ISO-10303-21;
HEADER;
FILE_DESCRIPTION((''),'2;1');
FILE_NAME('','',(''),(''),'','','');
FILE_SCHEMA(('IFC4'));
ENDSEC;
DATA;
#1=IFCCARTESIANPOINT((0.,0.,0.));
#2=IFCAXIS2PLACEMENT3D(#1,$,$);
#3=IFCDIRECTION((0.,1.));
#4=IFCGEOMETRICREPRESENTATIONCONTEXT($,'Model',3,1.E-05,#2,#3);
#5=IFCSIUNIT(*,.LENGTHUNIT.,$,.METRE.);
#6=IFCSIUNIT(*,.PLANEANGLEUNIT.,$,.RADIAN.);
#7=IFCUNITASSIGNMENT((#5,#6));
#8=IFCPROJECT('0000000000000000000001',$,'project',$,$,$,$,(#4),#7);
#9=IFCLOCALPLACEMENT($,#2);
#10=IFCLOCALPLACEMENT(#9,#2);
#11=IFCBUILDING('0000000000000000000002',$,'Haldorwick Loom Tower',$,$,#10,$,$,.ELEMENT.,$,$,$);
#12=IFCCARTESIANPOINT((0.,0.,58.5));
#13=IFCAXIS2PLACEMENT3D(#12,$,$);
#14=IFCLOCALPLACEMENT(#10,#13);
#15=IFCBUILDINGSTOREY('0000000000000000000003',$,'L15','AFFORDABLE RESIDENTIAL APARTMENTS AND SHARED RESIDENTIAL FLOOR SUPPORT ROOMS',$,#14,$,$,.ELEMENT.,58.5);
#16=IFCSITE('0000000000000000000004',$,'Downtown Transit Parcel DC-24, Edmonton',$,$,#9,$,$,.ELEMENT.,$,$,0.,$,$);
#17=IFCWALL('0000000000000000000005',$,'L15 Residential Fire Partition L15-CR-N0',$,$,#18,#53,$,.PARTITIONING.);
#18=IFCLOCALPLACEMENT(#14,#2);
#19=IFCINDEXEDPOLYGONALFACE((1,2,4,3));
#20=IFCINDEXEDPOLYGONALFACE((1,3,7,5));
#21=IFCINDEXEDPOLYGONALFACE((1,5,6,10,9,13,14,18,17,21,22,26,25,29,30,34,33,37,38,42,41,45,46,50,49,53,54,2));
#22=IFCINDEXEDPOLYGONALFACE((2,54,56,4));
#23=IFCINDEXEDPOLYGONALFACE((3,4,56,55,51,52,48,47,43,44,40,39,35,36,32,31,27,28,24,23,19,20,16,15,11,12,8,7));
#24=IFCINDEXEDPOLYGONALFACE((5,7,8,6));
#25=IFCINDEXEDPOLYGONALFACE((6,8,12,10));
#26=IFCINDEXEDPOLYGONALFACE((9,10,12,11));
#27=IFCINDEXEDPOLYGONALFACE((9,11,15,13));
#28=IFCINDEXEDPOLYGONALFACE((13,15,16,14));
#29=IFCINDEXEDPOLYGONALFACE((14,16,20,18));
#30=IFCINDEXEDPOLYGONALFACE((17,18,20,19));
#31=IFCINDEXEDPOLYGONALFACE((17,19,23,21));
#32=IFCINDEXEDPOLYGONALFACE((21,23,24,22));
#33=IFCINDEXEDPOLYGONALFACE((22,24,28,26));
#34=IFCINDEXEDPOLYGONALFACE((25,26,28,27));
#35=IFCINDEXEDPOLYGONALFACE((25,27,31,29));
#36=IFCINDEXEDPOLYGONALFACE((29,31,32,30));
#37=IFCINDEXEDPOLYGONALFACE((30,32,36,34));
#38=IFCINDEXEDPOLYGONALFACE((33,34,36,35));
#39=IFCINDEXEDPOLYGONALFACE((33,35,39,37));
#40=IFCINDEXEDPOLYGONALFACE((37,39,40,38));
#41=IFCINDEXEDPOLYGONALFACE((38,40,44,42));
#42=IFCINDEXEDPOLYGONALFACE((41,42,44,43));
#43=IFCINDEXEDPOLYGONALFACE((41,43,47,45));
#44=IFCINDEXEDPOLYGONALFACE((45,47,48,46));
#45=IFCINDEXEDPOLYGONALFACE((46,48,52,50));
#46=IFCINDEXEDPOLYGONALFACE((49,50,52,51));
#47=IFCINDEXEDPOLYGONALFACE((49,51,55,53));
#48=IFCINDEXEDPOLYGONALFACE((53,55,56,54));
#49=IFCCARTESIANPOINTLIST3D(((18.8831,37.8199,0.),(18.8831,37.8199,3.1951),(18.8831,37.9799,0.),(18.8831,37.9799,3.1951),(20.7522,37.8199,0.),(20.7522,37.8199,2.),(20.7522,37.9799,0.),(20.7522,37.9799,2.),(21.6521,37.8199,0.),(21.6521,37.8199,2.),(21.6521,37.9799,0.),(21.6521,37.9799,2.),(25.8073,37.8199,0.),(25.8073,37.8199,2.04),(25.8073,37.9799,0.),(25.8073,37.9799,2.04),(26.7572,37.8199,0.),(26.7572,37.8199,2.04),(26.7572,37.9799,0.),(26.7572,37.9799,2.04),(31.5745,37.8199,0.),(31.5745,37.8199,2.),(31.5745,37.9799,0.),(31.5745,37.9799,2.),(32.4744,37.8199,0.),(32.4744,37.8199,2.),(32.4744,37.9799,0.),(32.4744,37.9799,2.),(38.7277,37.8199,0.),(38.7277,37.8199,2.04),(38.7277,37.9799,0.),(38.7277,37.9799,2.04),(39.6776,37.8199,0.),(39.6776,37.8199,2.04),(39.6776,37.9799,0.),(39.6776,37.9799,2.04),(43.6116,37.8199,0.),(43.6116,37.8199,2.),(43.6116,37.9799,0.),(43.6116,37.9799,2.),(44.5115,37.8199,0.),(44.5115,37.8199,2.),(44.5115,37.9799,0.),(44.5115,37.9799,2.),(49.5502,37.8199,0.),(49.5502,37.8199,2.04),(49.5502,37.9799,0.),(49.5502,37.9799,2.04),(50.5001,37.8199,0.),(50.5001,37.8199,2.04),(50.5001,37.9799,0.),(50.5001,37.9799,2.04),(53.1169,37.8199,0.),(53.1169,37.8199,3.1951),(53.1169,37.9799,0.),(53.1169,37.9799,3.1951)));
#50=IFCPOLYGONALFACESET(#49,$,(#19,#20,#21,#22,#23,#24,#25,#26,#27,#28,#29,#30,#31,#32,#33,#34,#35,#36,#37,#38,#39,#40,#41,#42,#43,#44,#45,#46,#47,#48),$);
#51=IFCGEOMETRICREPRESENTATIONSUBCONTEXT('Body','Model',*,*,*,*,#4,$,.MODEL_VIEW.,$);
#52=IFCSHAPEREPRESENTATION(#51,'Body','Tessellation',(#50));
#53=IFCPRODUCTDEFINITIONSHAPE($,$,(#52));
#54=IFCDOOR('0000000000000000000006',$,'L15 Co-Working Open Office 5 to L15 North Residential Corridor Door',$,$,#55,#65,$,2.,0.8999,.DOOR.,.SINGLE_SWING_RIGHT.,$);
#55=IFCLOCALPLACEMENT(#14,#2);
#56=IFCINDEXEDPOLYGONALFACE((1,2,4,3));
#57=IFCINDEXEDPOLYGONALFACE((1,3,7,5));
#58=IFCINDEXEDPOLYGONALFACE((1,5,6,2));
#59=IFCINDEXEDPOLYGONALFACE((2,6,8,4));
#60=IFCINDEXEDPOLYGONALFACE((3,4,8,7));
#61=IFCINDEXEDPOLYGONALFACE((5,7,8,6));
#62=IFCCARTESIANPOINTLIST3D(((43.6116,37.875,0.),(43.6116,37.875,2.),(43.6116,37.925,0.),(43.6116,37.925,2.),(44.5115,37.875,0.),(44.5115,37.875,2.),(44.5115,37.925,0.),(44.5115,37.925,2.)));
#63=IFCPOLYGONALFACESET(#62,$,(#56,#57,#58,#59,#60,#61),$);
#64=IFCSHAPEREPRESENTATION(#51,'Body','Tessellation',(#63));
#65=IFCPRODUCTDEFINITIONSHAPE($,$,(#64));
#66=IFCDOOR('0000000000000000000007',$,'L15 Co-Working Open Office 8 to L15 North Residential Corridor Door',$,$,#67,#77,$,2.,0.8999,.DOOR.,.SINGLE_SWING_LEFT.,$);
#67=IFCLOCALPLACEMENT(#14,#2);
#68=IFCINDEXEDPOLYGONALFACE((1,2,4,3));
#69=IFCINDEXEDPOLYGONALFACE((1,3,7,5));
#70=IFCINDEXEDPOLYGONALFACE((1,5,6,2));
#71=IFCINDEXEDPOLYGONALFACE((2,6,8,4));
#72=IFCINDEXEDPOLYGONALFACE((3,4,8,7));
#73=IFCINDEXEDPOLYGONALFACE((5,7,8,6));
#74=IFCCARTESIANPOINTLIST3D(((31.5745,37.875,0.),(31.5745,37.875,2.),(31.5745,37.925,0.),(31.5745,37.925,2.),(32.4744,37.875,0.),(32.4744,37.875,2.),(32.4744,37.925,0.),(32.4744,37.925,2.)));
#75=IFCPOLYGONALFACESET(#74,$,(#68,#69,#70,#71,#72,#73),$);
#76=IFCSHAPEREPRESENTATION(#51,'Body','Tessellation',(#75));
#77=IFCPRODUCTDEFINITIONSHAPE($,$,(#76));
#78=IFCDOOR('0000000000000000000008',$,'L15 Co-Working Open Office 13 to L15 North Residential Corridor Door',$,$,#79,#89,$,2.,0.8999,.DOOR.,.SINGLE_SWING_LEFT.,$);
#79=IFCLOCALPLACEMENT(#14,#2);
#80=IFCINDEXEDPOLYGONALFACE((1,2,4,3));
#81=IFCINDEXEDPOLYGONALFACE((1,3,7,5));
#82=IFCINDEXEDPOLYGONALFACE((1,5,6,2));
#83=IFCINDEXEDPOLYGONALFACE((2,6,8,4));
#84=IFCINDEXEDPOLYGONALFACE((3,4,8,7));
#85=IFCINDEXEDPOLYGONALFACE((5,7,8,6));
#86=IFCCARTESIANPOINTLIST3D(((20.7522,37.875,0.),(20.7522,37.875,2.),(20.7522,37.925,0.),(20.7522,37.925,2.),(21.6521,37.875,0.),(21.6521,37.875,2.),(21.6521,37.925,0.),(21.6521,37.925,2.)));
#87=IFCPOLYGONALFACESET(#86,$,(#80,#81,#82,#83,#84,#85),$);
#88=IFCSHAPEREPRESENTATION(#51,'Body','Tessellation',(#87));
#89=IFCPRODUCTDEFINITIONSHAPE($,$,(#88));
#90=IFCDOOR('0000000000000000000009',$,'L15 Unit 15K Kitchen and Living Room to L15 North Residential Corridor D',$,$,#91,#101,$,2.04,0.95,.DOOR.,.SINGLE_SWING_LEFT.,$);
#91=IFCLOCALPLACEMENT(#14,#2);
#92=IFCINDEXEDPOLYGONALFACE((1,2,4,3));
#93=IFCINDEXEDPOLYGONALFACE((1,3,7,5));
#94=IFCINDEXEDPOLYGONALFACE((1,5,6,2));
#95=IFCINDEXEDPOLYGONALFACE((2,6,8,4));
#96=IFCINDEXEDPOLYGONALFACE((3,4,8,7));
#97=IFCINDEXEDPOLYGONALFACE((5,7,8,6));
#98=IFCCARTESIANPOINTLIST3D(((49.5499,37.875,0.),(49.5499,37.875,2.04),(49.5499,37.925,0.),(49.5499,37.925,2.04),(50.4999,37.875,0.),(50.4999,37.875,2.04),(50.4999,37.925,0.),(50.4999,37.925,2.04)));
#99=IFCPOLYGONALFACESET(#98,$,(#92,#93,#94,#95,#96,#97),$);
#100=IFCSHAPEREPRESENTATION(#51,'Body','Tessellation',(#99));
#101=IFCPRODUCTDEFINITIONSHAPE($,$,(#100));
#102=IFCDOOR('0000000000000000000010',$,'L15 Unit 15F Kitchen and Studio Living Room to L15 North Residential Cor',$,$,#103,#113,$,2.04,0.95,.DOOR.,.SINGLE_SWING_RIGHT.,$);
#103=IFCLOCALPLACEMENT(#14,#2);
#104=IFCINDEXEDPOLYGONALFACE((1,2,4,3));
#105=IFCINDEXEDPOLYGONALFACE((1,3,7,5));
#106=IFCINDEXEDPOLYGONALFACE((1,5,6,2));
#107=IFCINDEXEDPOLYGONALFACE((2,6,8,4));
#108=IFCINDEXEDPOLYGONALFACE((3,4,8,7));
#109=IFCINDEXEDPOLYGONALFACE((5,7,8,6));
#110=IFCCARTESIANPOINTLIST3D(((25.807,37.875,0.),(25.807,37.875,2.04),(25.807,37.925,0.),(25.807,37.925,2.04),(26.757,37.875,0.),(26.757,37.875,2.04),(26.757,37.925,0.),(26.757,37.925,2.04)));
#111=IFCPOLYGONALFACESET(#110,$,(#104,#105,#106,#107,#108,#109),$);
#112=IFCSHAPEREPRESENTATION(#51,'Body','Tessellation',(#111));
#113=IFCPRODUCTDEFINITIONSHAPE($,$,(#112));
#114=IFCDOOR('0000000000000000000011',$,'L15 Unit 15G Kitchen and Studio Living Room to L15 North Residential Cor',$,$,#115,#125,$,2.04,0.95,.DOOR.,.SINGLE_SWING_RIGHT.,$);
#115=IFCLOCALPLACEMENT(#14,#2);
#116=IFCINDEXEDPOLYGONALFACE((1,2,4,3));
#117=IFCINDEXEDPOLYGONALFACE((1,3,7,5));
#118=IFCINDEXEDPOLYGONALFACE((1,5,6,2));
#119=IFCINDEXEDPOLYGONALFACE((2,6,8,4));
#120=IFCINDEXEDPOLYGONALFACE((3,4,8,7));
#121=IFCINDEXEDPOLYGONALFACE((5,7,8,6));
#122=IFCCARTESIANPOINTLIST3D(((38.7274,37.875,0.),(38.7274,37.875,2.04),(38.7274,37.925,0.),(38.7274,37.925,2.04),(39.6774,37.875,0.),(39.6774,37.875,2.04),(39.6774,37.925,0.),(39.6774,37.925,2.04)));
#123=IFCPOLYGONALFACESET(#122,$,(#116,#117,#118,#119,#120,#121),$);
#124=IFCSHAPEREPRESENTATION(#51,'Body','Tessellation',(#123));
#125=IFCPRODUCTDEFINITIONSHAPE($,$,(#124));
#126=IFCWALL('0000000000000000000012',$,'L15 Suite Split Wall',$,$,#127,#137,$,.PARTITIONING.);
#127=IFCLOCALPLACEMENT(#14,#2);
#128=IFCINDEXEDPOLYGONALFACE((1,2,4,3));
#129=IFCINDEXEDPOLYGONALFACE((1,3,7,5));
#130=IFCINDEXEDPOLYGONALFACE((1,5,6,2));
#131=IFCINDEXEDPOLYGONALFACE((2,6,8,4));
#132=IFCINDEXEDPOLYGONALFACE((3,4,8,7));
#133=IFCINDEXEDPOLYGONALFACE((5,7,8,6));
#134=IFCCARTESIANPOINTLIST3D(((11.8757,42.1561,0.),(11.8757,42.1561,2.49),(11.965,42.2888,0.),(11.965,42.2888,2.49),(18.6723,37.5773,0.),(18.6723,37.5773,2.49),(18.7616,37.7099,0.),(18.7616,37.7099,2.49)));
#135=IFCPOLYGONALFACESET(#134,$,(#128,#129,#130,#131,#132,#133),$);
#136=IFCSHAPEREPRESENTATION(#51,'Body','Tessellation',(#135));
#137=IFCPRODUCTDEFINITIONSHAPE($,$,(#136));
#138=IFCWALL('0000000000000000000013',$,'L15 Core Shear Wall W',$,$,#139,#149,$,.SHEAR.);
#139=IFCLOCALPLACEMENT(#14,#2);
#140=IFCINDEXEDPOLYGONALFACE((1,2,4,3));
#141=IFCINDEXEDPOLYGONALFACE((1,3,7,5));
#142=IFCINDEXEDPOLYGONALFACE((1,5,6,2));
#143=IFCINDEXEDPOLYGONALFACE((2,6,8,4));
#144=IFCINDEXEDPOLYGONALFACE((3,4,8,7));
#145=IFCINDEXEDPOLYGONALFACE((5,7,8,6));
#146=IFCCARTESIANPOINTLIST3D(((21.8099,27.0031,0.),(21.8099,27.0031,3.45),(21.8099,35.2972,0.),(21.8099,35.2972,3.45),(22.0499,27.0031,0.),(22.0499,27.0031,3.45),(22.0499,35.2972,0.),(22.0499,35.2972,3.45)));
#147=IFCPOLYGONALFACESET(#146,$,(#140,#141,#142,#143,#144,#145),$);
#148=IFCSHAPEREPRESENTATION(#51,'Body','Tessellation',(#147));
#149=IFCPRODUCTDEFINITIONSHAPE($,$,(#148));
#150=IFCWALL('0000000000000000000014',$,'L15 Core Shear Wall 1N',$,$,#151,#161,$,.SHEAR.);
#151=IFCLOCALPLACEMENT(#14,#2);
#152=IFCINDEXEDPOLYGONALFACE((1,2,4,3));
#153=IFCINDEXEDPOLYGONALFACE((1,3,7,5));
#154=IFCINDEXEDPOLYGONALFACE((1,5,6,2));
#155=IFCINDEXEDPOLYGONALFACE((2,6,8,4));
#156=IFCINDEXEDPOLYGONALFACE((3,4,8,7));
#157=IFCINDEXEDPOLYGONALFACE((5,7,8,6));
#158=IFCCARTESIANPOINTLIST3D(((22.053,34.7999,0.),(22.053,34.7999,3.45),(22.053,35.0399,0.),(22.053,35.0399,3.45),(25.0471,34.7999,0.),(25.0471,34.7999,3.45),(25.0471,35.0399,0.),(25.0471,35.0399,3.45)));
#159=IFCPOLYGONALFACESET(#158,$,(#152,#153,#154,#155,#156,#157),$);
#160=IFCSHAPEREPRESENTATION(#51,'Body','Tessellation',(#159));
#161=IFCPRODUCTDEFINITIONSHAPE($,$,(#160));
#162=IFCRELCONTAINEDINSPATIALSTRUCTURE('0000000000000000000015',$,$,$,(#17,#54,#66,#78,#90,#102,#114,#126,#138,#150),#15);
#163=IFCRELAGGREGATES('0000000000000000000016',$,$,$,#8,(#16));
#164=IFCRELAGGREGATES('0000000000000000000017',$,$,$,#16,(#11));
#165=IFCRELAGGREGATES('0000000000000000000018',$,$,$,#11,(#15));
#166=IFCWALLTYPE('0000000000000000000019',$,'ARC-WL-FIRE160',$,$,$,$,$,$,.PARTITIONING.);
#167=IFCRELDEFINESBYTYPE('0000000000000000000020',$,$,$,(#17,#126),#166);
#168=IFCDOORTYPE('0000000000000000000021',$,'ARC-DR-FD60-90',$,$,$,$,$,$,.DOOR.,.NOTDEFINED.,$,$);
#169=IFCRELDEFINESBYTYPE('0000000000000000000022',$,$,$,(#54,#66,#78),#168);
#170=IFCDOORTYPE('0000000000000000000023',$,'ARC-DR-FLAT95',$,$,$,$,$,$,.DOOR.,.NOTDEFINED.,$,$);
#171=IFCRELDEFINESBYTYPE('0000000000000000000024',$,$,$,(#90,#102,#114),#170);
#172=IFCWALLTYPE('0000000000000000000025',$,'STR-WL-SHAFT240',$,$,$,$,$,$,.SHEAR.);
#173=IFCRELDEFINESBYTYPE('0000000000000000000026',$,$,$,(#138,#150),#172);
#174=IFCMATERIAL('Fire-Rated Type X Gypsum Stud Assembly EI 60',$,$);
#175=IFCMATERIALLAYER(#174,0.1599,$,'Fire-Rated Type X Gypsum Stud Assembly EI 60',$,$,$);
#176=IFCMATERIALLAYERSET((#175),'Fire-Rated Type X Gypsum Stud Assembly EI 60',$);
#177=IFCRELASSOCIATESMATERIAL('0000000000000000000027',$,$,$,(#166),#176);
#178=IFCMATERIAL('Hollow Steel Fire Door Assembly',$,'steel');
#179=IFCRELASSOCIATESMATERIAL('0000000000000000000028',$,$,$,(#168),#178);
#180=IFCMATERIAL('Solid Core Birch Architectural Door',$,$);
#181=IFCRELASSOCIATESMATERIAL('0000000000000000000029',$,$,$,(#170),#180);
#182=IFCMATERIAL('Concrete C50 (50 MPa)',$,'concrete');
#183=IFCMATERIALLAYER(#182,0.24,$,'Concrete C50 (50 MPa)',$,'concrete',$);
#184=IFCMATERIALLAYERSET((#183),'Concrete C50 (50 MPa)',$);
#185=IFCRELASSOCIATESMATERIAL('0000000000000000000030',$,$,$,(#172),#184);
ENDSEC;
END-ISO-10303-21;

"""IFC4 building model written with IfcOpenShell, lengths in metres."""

from ifc_helpers import new_model, si_unit, direction, frame, frame_2d, origin, place, context, subcontext, project, spatial, rectangle, extrude, material, layer, layer_set, type_object, element, fill, save


model = new_model("IFC4")

# Units and contexts
model_context = context("Model", 3, precision=1e-05, world=origin(), true_north=direction((0.0, 1.0)))
body_context = subcontext(model_context, "Body", "Model", "MODEL_VIEW")
ifc_project = project(units=[si_unit("LENGTHUNIT", "METRE"), si_unit("PLANEANGLEUNIT", "RADIAN")], contexts=[model_context])

# Site, building, storey
site_placement = place(None, origin())
site = spatial("IfcSite", under=ifc_project, at=site_placement, Name="Downtown Transit Parcel DC-24, Edmonton", CompositionType="ELEMENT", RefElevation=0.0)
building_placement = place(site_placement, origin())
building = spatial("IfcBuilding", under=site, at=building_placement, Name="Haldorwick Loom Tower", CompositionType="ELEMENT")
storey_placement = place(building_placement, frame((0.0, 0.0, 58.5)))
storey = spatial("IfcBuildingStorey", under=building, at=storey_placement, Name="L15", Description="AFFORDABLE RESIDENTIAL APARTMENTS AND SHARED RESIDENTIAL FLOOR SUPPORT ROOMS", CompositionType="ELEMENT", Elevation=58.5)

# Shared definitions
ifc_material_1 = material(Name="Fire-Rated Type X Gypsum Stud Assembly EI 60")
ifc_layer_1 = layer(ifc_material_1, 0.1599, Name="Fire-Rated Type X Gypsum Stud Assembly EI 60")
ifc_layer_set_1 = layer_set([ifc_layer_1], Name="Fire-Rated Type X Gypsum Stud Assembly EI 60")
wall_type_1 = type_object("IfcWallType", Name="ARC-WL-FIRE160", PredefinedType="PARTITIONING", material=ifc_layer_set_1)

# Wall, openings, doors
wall_1_placement = place(storey_placement, frame((18.8831, 37.8999, 0.0), z_axis=(0.0, 0.0, 1.0), x_axis=(1.0, 0.0, 0.0)))
wall_1 = element("IfcWall", 1, at=wall_1_placement, inside=storey, type_object=wall_type_1, Name="L15 Residential Fire Partition L15-CR-N0", PredefinedType="PARTITIONING", context=body_context, shape_type="SweptSolid", body=[
    extrude(rectangle(XDim=34.2339, YDim=0.1599, at=frame_2d((17.1169, 0.0))), origin(), (0.0, 0.0, 1.0), 3.1951),
])
opening_1_placement = place(wall_1_placement, frame((30.667, 0.0, 0.0)))
opening_1 = element("IfcOpeningElement", 2, at=opening_1_placement, cuts=wall_1, PredefinedType="OPENING", context=body_context, shape_type="SweptSolid", body=[
    extrude(rectangle(XDim=0.95, YDim=2.04, at=frame_2d((0.4751, 1.02))), frame((0.0, 0.0898, 0.0), z_axis=(0.0, -1.0, 0.0), x_axis=(1.0, 0.0, 0.0)), (0.0, 0.0, 1.0), 0.1799),
])
opening_2_placement = place(wall_1_placement, frame((24.7285, 0.0, 0.0)))
opening_2 = element("IfcOpeningElement", 3, at=opening_2_placement, cuts=wall_1, PredefinedType="OPENING", context=body_context, shape_type="SweptSolid", body=[
    extrude(rectangle(XDim=0.8999, YDim=2.0, at=frame_2d((0.45, 1.0))), frame((0.0, 0.0898, 0.0), z_axis=(0.0, -1.0, 0.0), x_axis=(1.0, 0.0, 0.0)), (0.0, 0.0, 1.0), 0.1799),
])
opening_3_placement = place(wall_1_placement, frame((12.6914, 0.0, 0.0)))
opening_3 = element("IfcOpeningElement", 4, at=opening_3_placement, cuts=wall_1, PredefinedType="OPENING", context=body_context, shape_type="SweptSolid", body=[
    extrude(rectangle(XDim=0.8999, YDim=2.0, at=frame_2d((0.45, 1.0))), frame((0.0, 0.0898, 0.0), z_axis=(0.0, -1.0, 0.0), x_axis=(1.0, 0.0, 0.0)), (0.0, 0.0, 1.0), 0.1799),
])
opening_4_placement = place(wall_1_placement, frame((6.9241, 0.0, 0.0)))
opening_4 = element("IfcOpeningElement", 5, at=opening_4_placement, cuts=wall_1, PredefinedType="OPENING", context=body_context, shape_type="SweptSolid", body=[
    extrude(rectangle(XDim=0.95, YDim=2.04, at=frame_2d((0.4751, 1.02))), frame((0.0, 0.0898, 0.0), z_axis=(0.0, -1.0, 0.0), x_axis=(1.0, 0.0, 0.0)), (0.0, 0.0, 1.0), 0.1799),
])
opening_5_placement = place(wall_1_placement, frame((1.8691, 0.0, 0.0)))
opening_5 = element("IfcOpeningElement", 6, at=opening_5_placement, cuts=wall_1, PredefinedType="OPENING", context=body_context, shape_type="SweptSolid", body=[
    extrude(rectangle(XDim=0.8999, YDim=2.0, at=frame_2d((0.45, 1.0))), frame((0.0, 0.0898, 0.0), z_axis=(0.0, -1.0, 0.0), x_axis=(1.0, 0.0, 0.0)), (0.0, 0.0, 1.0), 0.1799),
])
opening_6_placement = place(wall_1_placement, frame((19.8445, 0.0, 0.0)))
opening_6 = element("IfcOpeningElement", 7, at=opening_6_placement, cuts=wall_1, PredefinedType="OPENING", context=body_context, shape_type="SweptSolid", body=[
    extrude(rectangle(XDim=0.95, YDim=2.04, at=frame_2d((0.4751, 1.02))), frame((0.0, 0.0898, 0.0), z_axis=(0.0, -1.0, 0.0), x_axis=(1.0, 0.0, 0.0)), (0.0, 0.0, 1.0), 0.1799),
])
ifc_material_2 = material(Name="Hollow Steel Fire Door Assembly", Category="steel")
door_type_1 = type_object("IfcDoorType", Name="ARC-DR-FD60-90", OperationType="NOTDEFINED", PredefinedType="DOOR", material=ifc_material_2)
door_1_placement = place(opening_2_placement, frame((0.8999, 0.0, 0.0), z_axis=(0.0, 0.0, 1.0), x_axis=(-1.0, 0.0, 0.0)))
door_1 = element("IfcDoor", 8, at=door_1_placement, inside=storey, type_object=door_type_1, Name="L15 Co-Working Open Office 5 to L15 North Residential Corridor Door", OperationType="SINGLE_SWING_RIGHT", OverallHeight=2.0, OverallWidth=0.8999, PredefinedType="DOOR", context=body_context, shape_type="SweptSolid", body=[
    extrude(rectangle(XDim=0.8999, YDim=2.0, at=frame_2d((0.45, 1.0))), frame((0.0, 0.0249, 0.0), z_axis=(0.0, -1.0, 0.0), x_axis=(1.0, 0.0, 0.0)), (0.0, 0.0, 1.0), 0.05),
])
fill(opening_2, door_1)
door_2_placement = place(opening_3_placement, frame((0.8999, 0.0, 0.0), z_axis=(0.0, 0.0, 1.0), x_axis=(-1.0, 0.0, 0.0)))
door_2 = element("IfcDoor", 9, at=door_2_placement, inside=storey, type_object=door_type_1, Name="L15 Co-Working Open Office 8 to L15 North Residential Corridor Door", OperationType="SINGLE_SWING_LEFT", OverallHeight=2.0, OverallWidth=0.8999, PredefinedType="DOOR", context=body_context, shape_type="SweptSolid", body=[
    extrude(rectangle(XDim=0.8999, YDim=2.0, at=frame_2d((0.45, 1.0))), frame((0.0, 0.0249, 0.0), z_axis=(0.0, -1.0, 0.0), x_axis=(1.0, 0.0, 0.0)), (0.0, 0.0, 1.0), 0.05),
])
fill(opening_3, door_2)
door_3_placement = place(opening_5_placement, frame((0.8999, 0.0, 0.0), z_axis=(0.0, 0.0, 1.0), x_axis=(-1.0, 0.0, 0.0)))
door_3 = element("IfcDoor", 10, at=door_3_placement, inside=storey, type_object=door_type_1, Name="L15 Co-Working Open Office 13 to L15 North Residential Corridor Door", OperationType="SINGLE_SWING_LEFT", OverallHeight=2.0, OverallWidth=0.8999, PredefinedType="DOOR", context=body_context, shape_type="SweptSolid", body=[
    extrude(rectangle(XDim=0.8999, YDim=2.0, at=frame_2d((0.45, 1.0))), frame((0.0, 0.0249, 0.0), z_axis=(0.0, -1.0, 0.0), x_axis=(1.0, 0.0, 0.0)), (0.0, 0.0, 1.0), 0.05),
])
fill(opening_5, door_3)
ifc_material_3 = material(Name="Solid Core Birch Architectural Door")
door_type_2 = type_object("IfcDoorType", Name="ARC-DR-FLAT95", OperationType="NOTDEFINED", PredefinedType="DOOR", material=ifc_material_3)
door_4_placement = place(opening_1_placement, frame((0.95, 0.0, 0.0), z_axis=(0.0, 0.0, 1.0), x_axis=(-1.0, 0.0, 0.0)))
door_4 = element("IfcDoor", 11, at=door_4_placement, inside=storey, type_object=door_type_2, Name="L15 Unit 15K Kitchen and Living Room to L15 North Residential Corridor D", OperationType="SINGLE_SWING_LEFT", OverallHeight=2.04, OverallWidth=0.95, PredefinedType="DOOR", context=body_context, shape_type="SweptSolid", body=[
    extrude(rectangle(XDim=0.95, YDim=2.04, at=frame_2d((0.4751, 1.02))), frame((0.0, 0.0249, 0.0), z_axis=(0.0, -1.0, 0.0), x_axis=(1.0, 0.0, 0.0)), (0.0, 0.0, 1.0), 0.05),
])
fill(opening_1, door_4)
door_5_placement = place(opening_4_placement, frame((0.95, 0.0, 0.0), z_axis=(0.0, 0.0, 1.0), x_axis=(-1.0, 0.0, 0.0)))
door_5 = element("IfcDoor", 12, at=door_5_placement, inside=storey, type_object=door_type_2, Name="L15 Unit 15F Kitchen and Studio Living Room to L15 North Residential Cor", OperationType="SINGLE_SWING_RIGHT", OverallHeight=2.04, OverallWidth=0.95, PredefinedType="DOOR", context=body_context, shape_type="SweptSolid", body=[
    extrude(rectangle(XDim=0.95, YDim=2.04, at=frame_2d((0.4751, 1.02))), frame((0.0, 0.0249, 0.0), z_axis=(0.0, -1.0, 0.0), x_axis=(1.0, 0.0, 0.0)), (0.0, 0.0, 1.0), 0.05),
])
fill(opening_4, door_5)
door_6_placement = place(opening_6_placement, frame((0.95, 0.0, 0.0), z_axis=(0.0, 0.0, 1.0), x_axis=(-1.0, 0.0, 0.0)))
door_6 = element("IfcDoor", 13, at=door_6_placement, inside=storey, type_object=door_type_2, Name="L15 Unit 15G Kitchen and Studio Living Room to L15 North Residential Cor", OperationType="SINGLE_SWING_RIGHT", OverallHeight=2.04, OverallWidth=0.95, PredefinedType="DOOR", context=body_context, shape_type="SweptSolid", body=[
    extrude(rectangle(XDim=0.95, YDim=2.04, at=frame_2d((0.4751, 1.02))), frame((0.0, 0.0249, 0.0), z_axis=(0.0, -1.0, 0.0), x_axis=(1.0, 0.0, 0.0)), (0.0, 0.0, 1.0), 0.05),
])
fill(opening_6, door_6)

# Walls
wall_2_placement = place(storey_placement, frame((18.717, 37.6436, 0.0), z_axis=(0.0, 0.0, 1.0), x_axis=(-0.82935, 0.558729, 0.0)))
element("IfcWall", 14, at=wall_2_placement, inside=storey, type_object=wall_type_1, Name="L15 Suite Split Wall", PredefinedType="PARTITIONING", context=body_context, shape_type="SweptSolid", body=[
    extrude(rectangle(XDim=8.1951, YDim=0.1599, at=frame_2d((4.0977, 0.0))), origin(), (0.0, 0.0, 1.0), 2.49),
])
ifc_material_4 = material(Name="Concrete C50 (50 MPa)", Category="concrete")
ifc_layer_2 = layer(ifc_material_4, 0.24, Name="Concrete C50 (50 MPa)", Category="concrete")
ifc_layer_set_2 = layer_set([ifc_layer_2], Name="Concrete C50 (50 MPa)")
wall_type_2 = type_object("IfcWallType", Name="STR-WL-SHAFT240", PredefinedType="SHEAR", material=ifc_layer_set_2)
wall_3_placement = place(storey_placement, frame((21.9299, 35.2971, 0.0), z_axis=(0.0, 0.0, 1.0), x_axis=(0.0, -1.0, 0.0)))
element("IfcWall", 15, at=wall_3_placement, inside=storey, type_object=wall_type_2, Name="L15 Core Shear Wall W", PredefinedType="SHEAR", context=body_context, shape_type="SweptSolid", body=[
    extrude(rectangle(XDim=8.2942, YDim=0.24, at=frame_2d((4.147, 0.0))), origin(), (0.0, 0.0, 1.0), 3.45),
])
wall_4_placement = place(storey_placement, frame((22.053, 34.9199, 0.0), z_axis=(0.0, 0.0, 1.0), x_axis=(1.0, 0.0, 0.0)))
element("IfcWall", 16, at=wall_4_placement, inside=storey, type_object=wall_type_2, Name="L15 Core Shear Wall 1N", PredefinedType="SHEAR", context=body_context, shape_type="SweptSolid", body=[
    extrude(rectangle(XDim=2.9941, YDim=0.24, at=frame_2d((1.4971, 0.0))), origin(), (0.0, 0.0, 1.0), 3.45),
])

save(model, "model.ifc")
